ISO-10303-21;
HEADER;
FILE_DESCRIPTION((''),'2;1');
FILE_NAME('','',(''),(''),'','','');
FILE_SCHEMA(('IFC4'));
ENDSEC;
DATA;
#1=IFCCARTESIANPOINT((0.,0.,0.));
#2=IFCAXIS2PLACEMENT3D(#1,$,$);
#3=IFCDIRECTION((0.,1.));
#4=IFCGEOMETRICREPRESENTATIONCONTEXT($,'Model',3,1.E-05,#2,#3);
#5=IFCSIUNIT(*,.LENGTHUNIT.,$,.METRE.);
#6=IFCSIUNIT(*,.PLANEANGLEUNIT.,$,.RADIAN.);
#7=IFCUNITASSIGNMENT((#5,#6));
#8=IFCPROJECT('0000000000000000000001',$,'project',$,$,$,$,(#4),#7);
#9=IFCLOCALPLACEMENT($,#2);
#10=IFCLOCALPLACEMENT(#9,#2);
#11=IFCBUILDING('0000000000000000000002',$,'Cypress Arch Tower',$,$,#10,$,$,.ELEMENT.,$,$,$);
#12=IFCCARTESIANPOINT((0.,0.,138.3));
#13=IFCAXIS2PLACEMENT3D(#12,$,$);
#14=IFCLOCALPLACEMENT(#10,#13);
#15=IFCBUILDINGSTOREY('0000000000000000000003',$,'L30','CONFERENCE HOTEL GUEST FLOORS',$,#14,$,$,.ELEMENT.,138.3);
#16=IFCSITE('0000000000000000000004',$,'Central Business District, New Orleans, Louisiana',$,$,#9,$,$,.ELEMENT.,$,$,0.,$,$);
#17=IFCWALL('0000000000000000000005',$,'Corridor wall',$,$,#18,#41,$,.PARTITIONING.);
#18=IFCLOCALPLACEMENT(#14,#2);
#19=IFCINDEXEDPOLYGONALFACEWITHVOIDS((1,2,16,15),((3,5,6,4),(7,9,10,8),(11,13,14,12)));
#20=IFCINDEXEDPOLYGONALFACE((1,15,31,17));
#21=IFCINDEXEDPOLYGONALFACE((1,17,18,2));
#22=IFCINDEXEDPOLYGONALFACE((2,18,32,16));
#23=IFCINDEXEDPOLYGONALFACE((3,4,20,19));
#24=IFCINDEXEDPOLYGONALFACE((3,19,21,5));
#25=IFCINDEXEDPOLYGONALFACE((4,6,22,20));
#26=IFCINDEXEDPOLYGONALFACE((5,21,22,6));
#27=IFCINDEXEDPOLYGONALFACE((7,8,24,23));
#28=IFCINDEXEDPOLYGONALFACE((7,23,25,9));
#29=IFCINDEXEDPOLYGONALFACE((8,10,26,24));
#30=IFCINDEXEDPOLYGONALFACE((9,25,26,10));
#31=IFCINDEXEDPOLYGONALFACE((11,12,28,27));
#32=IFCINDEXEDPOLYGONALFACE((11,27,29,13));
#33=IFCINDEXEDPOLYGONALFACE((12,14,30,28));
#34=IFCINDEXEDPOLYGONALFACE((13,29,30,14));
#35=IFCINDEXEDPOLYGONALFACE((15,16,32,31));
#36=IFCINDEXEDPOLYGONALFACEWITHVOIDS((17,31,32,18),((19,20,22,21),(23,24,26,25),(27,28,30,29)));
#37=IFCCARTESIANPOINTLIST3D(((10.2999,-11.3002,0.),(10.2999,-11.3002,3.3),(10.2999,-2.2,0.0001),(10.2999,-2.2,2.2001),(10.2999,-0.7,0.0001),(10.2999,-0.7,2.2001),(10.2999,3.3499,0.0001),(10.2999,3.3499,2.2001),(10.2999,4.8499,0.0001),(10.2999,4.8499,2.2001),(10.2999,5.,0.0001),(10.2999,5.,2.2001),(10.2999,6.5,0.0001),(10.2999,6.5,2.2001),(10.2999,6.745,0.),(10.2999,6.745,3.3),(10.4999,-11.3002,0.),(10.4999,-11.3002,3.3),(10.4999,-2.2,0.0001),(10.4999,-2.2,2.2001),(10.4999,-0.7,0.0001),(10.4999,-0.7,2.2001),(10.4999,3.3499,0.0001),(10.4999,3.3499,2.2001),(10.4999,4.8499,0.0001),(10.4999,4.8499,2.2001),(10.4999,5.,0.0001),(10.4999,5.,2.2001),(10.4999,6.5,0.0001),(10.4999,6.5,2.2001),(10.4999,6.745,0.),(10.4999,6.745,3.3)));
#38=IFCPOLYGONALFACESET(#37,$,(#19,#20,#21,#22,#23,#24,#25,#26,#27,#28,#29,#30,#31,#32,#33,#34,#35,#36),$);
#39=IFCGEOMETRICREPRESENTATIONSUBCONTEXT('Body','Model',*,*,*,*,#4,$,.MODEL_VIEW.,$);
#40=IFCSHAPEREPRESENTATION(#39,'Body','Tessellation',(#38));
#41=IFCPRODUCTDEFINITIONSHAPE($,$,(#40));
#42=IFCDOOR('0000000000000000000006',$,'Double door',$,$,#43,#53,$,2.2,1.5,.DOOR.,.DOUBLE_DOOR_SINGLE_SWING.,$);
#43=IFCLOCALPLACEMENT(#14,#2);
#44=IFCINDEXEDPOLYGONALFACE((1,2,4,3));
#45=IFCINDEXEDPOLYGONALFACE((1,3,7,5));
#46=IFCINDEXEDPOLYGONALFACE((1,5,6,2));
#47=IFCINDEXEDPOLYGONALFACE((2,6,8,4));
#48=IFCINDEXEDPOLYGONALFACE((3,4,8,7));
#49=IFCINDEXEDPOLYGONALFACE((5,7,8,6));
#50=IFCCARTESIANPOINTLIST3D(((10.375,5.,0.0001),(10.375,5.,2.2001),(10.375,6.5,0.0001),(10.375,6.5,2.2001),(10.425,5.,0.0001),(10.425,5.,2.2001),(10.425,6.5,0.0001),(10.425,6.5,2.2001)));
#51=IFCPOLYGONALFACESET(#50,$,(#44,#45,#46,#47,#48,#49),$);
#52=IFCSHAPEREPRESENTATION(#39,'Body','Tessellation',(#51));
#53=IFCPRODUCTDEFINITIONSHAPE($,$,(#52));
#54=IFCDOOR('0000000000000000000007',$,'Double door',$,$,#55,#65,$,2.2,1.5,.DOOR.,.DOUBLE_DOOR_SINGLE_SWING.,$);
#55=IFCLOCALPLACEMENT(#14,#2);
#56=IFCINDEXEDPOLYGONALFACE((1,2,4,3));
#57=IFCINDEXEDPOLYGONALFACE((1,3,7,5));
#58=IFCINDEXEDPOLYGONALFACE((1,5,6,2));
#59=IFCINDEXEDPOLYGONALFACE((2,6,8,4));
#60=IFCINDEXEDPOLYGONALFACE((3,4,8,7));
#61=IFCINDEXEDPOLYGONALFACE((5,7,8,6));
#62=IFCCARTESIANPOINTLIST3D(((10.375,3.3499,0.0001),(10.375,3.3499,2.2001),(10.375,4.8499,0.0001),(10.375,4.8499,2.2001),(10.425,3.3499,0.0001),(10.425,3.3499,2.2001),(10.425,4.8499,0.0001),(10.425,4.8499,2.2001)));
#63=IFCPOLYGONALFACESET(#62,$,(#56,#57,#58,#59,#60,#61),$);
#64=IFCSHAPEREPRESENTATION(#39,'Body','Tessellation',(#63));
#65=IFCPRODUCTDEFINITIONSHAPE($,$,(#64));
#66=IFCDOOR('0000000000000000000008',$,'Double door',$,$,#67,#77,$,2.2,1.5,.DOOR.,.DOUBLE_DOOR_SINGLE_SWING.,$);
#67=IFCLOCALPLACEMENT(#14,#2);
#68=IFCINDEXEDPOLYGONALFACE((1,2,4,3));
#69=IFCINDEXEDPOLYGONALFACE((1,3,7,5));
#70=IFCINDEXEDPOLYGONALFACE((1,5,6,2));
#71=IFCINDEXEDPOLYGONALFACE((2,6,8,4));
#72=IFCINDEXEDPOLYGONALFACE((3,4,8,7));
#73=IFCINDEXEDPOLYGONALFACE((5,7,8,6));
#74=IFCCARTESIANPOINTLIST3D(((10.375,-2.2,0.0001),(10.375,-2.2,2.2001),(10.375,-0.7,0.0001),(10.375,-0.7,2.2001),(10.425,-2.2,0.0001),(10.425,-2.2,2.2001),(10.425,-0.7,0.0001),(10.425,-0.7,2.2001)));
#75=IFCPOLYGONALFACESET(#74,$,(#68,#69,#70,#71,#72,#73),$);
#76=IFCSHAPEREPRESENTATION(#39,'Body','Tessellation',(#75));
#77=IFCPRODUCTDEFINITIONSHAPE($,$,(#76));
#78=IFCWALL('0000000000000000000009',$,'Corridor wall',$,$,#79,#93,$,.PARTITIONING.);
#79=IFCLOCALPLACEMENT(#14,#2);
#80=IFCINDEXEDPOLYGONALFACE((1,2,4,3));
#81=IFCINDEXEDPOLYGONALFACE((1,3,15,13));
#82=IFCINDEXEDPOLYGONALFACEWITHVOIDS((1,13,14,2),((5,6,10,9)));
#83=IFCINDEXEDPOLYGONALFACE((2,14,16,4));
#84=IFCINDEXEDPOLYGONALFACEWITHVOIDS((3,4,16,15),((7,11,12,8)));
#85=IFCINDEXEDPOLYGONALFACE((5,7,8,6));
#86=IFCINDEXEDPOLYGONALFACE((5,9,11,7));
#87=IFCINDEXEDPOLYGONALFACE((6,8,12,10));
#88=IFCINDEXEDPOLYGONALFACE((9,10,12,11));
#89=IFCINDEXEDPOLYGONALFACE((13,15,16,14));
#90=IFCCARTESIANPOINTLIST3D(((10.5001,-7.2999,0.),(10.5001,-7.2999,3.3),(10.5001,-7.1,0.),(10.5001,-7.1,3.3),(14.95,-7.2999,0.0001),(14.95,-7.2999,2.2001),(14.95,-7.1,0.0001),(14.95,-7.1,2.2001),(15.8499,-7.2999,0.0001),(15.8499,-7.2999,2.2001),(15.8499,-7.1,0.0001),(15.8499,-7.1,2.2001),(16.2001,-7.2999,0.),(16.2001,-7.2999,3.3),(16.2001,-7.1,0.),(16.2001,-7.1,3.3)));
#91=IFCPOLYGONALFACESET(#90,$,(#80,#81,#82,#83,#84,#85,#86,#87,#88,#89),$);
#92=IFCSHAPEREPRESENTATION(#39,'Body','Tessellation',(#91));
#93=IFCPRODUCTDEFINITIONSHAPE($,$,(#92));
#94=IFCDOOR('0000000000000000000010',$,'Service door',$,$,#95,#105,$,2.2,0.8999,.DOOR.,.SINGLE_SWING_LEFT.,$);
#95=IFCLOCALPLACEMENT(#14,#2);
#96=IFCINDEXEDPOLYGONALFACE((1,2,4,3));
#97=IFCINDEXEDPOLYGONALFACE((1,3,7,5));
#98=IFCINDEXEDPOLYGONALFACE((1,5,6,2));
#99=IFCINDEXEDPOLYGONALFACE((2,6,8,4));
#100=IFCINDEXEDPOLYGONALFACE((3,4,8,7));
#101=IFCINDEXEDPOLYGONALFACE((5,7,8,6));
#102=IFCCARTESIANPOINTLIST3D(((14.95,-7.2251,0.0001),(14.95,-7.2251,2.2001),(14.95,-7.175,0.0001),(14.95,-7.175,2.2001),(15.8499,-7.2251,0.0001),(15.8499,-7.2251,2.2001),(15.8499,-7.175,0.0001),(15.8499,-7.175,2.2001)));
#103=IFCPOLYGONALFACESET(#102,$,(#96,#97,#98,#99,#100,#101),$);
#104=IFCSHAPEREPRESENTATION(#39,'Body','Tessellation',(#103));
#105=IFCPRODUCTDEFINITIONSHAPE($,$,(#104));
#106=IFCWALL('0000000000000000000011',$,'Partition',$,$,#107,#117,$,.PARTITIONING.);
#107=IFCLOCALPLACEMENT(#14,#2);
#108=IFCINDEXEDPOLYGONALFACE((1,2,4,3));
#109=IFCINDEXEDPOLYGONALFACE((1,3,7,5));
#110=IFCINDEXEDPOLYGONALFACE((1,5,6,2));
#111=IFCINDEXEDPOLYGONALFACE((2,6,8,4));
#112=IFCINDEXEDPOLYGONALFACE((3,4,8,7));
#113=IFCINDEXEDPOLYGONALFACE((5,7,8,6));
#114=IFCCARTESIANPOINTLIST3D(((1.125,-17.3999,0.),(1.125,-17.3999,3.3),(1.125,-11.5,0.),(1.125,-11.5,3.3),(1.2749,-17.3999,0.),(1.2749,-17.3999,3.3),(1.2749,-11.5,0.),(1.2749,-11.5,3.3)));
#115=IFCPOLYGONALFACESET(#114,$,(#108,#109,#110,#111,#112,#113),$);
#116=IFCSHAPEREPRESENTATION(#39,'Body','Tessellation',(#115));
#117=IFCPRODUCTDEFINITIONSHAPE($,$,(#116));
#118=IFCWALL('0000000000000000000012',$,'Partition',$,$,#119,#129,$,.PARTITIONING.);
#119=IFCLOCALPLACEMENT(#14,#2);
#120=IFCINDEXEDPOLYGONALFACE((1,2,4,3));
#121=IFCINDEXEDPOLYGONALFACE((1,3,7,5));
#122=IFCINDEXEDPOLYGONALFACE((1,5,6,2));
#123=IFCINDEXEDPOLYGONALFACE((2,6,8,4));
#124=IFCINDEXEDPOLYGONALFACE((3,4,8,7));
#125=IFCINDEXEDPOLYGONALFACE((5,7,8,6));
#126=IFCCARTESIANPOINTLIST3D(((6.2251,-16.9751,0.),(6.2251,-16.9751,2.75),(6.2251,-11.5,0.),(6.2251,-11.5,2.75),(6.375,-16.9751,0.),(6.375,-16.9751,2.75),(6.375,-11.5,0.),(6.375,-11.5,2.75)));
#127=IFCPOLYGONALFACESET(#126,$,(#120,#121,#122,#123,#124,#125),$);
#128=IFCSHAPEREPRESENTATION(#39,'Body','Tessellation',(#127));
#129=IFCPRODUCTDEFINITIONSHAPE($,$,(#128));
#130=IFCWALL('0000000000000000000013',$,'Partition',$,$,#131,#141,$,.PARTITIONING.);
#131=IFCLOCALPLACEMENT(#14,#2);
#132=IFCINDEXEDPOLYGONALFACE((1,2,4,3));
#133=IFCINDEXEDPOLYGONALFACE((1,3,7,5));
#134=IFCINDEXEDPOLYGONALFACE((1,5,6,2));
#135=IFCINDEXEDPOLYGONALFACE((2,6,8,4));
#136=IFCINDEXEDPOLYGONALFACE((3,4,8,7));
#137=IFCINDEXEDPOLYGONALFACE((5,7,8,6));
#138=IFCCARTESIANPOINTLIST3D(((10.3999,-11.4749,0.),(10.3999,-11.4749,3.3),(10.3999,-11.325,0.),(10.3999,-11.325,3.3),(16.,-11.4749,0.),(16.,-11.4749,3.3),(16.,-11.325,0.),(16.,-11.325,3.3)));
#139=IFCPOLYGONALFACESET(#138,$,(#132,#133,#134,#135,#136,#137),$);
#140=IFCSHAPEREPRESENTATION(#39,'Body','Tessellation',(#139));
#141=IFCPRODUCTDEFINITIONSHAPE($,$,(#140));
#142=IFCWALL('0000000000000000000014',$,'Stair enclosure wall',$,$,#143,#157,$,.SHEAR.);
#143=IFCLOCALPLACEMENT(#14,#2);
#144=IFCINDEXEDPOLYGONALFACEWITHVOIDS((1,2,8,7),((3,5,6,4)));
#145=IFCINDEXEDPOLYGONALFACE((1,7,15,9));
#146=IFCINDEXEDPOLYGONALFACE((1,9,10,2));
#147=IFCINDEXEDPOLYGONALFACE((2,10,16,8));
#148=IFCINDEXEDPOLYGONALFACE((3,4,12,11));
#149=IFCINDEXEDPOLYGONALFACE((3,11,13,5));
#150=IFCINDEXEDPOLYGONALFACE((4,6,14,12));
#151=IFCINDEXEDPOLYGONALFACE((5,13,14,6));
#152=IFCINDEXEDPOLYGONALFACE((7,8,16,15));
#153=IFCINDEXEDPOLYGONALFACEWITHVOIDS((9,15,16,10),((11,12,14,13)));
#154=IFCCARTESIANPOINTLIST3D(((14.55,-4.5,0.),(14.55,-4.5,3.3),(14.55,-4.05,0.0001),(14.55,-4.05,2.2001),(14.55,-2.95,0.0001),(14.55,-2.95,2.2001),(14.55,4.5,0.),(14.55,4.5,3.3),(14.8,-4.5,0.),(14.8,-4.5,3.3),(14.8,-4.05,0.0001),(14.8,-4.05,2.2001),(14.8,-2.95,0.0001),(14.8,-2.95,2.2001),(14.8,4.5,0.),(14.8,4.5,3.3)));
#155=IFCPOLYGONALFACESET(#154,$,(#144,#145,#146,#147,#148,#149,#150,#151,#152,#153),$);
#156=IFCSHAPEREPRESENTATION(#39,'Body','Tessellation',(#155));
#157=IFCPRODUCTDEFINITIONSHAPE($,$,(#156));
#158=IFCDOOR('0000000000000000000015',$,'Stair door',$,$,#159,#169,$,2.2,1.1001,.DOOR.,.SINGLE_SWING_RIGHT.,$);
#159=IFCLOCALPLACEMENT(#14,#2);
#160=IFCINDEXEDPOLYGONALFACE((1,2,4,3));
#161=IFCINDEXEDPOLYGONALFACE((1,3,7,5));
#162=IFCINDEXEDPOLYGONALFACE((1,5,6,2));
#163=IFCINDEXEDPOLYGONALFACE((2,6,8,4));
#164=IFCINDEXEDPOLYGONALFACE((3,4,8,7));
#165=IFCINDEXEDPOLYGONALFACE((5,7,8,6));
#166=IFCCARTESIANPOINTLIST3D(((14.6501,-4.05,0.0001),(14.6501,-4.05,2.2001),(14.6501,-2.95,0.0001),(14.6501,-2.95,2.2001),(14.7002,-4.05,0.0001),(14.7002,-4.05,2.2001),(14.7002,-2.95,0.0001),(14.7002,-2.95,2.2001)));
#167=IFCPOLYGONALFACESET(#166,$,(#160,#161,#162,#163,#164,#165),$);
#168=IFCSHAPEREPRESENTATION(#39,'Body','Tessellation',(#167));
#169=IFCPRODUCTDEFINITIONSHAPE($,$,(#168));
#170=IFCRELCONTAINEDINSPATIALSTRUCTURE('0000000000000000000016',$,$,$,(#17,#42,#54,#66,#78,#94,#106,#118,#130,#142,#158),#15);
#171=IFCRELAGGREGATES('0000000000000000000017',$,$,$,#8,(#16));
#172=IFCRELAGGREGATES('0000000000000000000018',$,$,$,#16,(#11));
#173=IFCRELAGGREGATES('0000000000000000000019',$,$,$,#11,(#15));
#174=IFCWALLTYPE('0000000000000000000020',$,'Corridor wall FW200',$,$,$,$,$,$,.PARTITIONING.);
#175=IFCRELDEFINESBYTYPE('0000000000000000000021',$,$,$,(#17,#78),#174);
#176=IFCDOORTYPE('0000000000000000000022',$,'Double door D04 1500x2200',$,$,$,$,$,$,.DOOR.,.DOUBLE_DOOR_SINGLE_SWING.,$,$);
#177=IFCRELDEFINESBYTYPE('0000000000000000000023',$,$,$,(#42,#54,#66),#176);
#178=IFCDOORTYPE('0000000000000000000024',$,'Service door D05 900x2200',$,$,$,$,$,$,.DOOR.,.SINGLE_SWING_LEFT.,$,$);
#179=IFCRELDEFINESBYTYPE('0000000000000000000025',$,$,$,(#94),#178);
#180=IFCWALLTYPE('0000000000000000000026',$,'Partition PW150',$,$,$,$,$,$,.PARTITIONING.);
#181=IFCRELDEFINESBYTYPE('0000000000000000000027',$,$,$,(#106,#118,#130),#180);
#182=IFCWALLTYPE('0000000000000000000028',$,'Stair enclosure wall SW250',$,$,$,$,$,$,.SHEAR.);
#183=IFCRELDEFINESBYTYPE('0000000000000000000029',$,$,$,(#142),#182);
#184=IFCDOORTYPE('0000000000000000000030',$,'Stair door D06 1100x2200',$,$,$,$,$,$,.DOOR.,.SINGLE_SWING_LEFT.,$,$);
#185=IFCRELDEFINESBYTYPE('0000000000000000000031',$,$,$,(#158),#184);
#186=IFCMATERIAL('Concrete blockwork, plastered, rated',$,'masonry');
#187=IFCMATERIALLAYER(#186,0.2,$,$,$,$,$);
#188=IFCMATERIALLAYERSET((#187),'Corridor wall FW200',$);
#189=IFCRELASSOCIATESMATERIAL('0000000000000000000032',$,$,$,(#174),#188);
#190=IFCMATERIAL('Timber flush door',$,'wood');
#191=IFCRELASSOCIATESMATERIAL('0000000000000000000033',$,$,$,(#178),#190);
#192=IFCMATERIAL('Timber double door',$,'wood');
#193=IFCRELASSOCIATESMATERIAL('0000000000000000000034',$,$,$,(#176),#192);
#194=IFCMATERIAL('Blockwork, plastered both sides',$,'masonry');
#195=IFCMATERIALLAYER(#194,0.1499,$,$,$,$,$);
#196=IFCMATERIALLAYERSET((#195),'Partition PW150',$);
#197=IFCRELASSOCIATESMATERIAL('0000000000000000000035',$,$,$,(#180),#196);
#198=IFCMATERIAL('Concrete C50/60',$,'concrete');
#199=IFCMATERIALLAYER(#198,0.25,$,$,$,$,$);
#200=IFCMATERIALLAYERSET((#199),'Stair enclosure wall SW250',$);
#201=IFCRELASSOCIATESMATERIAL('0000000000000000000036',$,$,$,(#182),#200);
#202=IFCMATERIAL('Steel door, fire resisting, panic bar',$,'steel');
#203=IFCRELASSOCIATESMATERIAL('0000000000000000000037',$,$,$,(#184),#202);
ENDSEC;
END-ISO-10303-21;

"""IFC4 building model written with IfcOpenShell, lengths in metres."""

from ifc_helpers import new_model, si_unit, direction, frame, frame_2d, origin, place, context, subcontext, project, spatial, rectangle, extrude, material, layer, layer_set, type_object, element, fill, save


model = new_model("IFC4")

# Units and contexts
model_context = context("Model", 3, precision=1e-05, world=origin(), true_north=direction((0.0, 1.0)))
body_context = subcontext(model_context, "Body", "Model", "MODEL_VIEW")
ifc_project = project(units=[si_unit("LENGTHUNIT", "METRE"), si_unit("PLANEANGLEUNIT", "RADIAN")], contexts=[model_context])

# Site, building, storey
site_placement = place(None, origin())
site = spatial("IfcSite", under=ifc_project, at=site_placement, Name="Central Business District, New Orleans, Louisiana", CompositionType="ELEMENT", RefElevation=0.0)
building_placement = place(site_placement, origin())
building = spatial("IfcBuilding", under=site, at=building_placement, Name="Cypress Arch Tower", CompositionType="ELEMENT")
storey_placement = place(building_placement, frame((0.0, 0.0, 138.3)))
storey = spatial("IfcBuildingStorey", under=building, at=storey_placement, Name="L30", Description="CONFERENCE HOTEL GUEST FLOORS", CompositionType="ELEMENT", Elevation=138.3)

# Shared definitions
ifc_material_1 = material(Name="Concrete blockwork, plastered, rated", Category="masonry")
ifc_layer_1 = layer(ifc_material_1, 0.2)
ifc_layer_set_1 = layer_set([ifc_layer_1], Name="Corridor wall FW200")
wall_type_1 = type_object("IfcWallType", Name="Corridor wall FW200", PredefinedType="PARTITIONING", material=ifc_layer_set_1)
ifc_material_2 = material(Name="Timber flush door", Category="wood")
door_type_1 = type_object("IfcDoorType", Name="Service door D05 900x2200", OperationType="SINGLE_SWING_LEFT", PredefinedType="DOOR", material=ifc_material_2)

# Wall, openings, doors
wall_1_placement = place(storey_placement, frame((10.3999, -11.3, 0.0), z_axis=(0.0, 0.0, 1.0), x_axis=(0.0, 1.0, 0.0)))
wall_1 = element("IfcWall", 1, at=wall_1_placement, inside=storey, type_object=wall_type_1, Name="Corridor wall", PredefinedType="PARTITIONING", context=body_context, shape_type="SweptSolid", body=[
    extrude(rectangle(XDim=18.0452, YDim=0.2, at=frame_2d((9.0225, 0.0))), origin(), (0.0, 0.0, 1.0), 3.3),
])
opening_1_placement = place(wall_1_placement, frame((16.3, 0.0, 0.0)))
opening_1 = element("IfcOpeningElement", 2, at=opening_1_placement, cuts=wall_1, PredefinedType="OPENING", context=body_context, shape_type="SweptSolid", body=[
    extrude(rectangle(XDim=1.5, YDim=2.2, at=frame_2d((0.75, 1.1001))), frame((0.0, 0.1099, 0.0), z_axis=(0.0, -1.0, 0.0), x_axis=(1.0, 0.0, 0.0)), (0.0, 0.0, 1.0), 0.22),
])
opening_2_placement = place(wall_1_placement, frame((14.6499, 0.0, 0.0)))
opening_2 = element("IfcOpeningElement", 3, at=opening_2_placement, cuts=wall_1, PredefinedType="OPENING", context=body_context, shape_type="SweptSolid", body=[
    extrude(rectangle(XDim=1.5, YDim=2.2, at=frame_2d((0.75, 1.1001))), frame((0.0, 0.1099, 0.0), z_axis=(0.0, -1.0, 0.0), x_axis=(1.0, 0.0, 0.0)), (0.0, 0.0, 1.0), 0.22),
])
opening_3_placement = place(wall_1_placement, frame((9.1001, 0.0, 0.0)))
opening_3 = element("IfcOpeningElement", 4, at=opening_3_placement, cuts=wall_1, PredefinedType="OPENING", context=body_context, shape_type="SweptSolid", body=[
    extrude(rectangle(XDim=1.5, YDim=2.2, at=frame_2d((0.75, 1.1001))), frame((0.0, 0.1099, 0.0), z_axis=(0.0, -1.0, 0.0), x_axis=(1.0, 0.0, 0.0)), (0.0, 0.0, 1.0), 0.22),
])
ifc_material_3 = material(Name="Timber double door", Category="wood")
door_type_2 = type_object("IfcDoorType", Name="Double door D04 1500x2200", OperationType="DOUBLE_DOOR_SINGLE_SWING", PredefinedType="DOOR", material=ifc_material_3)
door_1_placement = place(opening_1_placement, origin())
door_1 = element("IfcDoor", 5, at=door_1_placement, inside=storey, type_object=door_type_2, Name="Double door", OperationType="DOUBLE_DOOR_SINGLE_SWING", OverallHeight=2.2, OverallWidth=1.5, PredefinedType="DOOR", context=body_context, shape_type="SweptSolid", body=[
    extrude(rectangle(XDim=1.5, YDim=2.2, at=frame_2d((0.75, 1.1001))), frame((0.0, 0.0249, 0.0), z_axis=(0.0, -1.0, 0.0), x_axis=(1.0, 0.0, 0.0)), (0.0, 0.0, 1.0), 0.05),
])
fill(opening_1, door_1)
door_2_placement = place(opening_2_placement, origin())
door_2 = element("IfcDoor", 6, at=door_2_placement, inside=storey, type_object=door_type_2, Name="Double door", OperationType="DOUBLE_DOOR_SINGLE_SWING", OverallHeight=2.2, OverallWidth=1.5, PredefinedType="DOOR", context=body_context, shape_type="SweptSolid", body=[
    extrude(rectangle(XDim=1.5, YDim=2.2, at=frame_2d((0.75, 1.1001))), frame((0.0, 0.0249, 0.0), z_axis=(0.0, -1.0, 0.0), x_axis=(1.0, 0.0, 0.0)), (0.0, 0.0, 1.0), 0.05),
])
fill(opening_2, door_2)
door_3_placement = place(opening_3_placement, origin())
door_3 = element("IfcDoor", 7, at=door_3_placement, inside=storey, type_object=door_type_2, Name="Double door", OperationType="DOUBLE_DOOR_SINGLE_SWING", OverallHeight=2.2, OverallWidth=1.5, PredefinedType="DOOR", context=body_context, shape_type="SweptSolid", body=[
    extrude(rectangle(XDim=1.5, YDim=2.2, at=frame_2d((0.75, 1.1001))), frame((0.0, 0.0249, 0.0), z_axis=(0.0, -1.0, 0.0), x_axis=(1.0, 0.0, 0.0)), (0.0, 0.0, 1.0), 0.05),
])
fill(opening_3, door_3)

# Wall, opening, door
wall_2_placement = place(storey_placement, frame((10.5, -7.2, 0.0), z_axis=(0.0, 0.0, 1.0), x_axis=(1.0, 0.0, 0.0)))
wall_2 = element("IfcWall", 8, at=wall_2_placement, inside=storey, type_object=wall_type_1, Name="Corridor wall", PredefinedType="PARTITIONING", context=body_context, shape_type="SweptSolid", body=[
    extrude(rectangle(XDim=5.7, YDim=0.2, at=frame_2d((2.8501, 0.0))), origin(), (0.0, 0.0, 1.0), 3.3),
])
opening_4_placement = place(wall_2_placement, frame((4.45, 0.0, 0.0)))
opening_4 = element("IfcOpeningElement", 9, at=opening_4_placement, cuts=wall_2, PredefinedType="OPENING", context=body_context, shape_type="SweptSolid", body=[
    extrude(rectangle(XDim=0.8999, YDim=2.2, at=frame_2d((0.45, 1.1001))), frame((0.0, 0.1099, 0.0), z_axis=(0.0, -1.0, 0.0), x_axis=(1.0, 0.0, 0.0)), (0.0, 0.0, 1.0), 0.22),
])
door_4_placement = place(opening_4_placement, origin())
door_4 = element("IfcDoor", 10, at=door_4_placement, inside=storey, type_object=door_type_1, Name="Service door", OperationType="SINGLE_SWING_LEFT", OverallHeight=2.2, OverallWidth=0.8999, PredefinedType="DOOR", context=body_context, shape_type="SweptSolid", body=[
    extrude(rectangle(XDim=0.8999, YDim=2.2, at=frame_2d((0.45, 1.1001))), frame((0.0, 0.0249, 0.0), z_axis=(0.0, -1.0, 0.0), x_axis=(1.0, 0.0, 0.0)), (0.0, 0.0, 1.0), 0.05),
])
fill(opening_4, door_4)

# Walls
ifc_material_4 = material(Name="Blockwork, plastered both sides", Category="masonry")
ifc_layer_2 = layer(ifc_material_4, 0.1499)
ifc_layer_set_2 = layer_set([ifc_layer_2], Name="Partition PW150")
wall_type_2 = type_object("IfcWallType", Name="Partition PW150", PredefinedType="PARTITIONING", material=ifc_layer_set_2)
wall_3_placement = place(storey_placement, frame((1.2, -17.3999, 0.0), z_axis=(0.0, 0.0, 1.0), x_axis=(0.0, 1.0, 0.0)))
element("IfcWall", 11, at=wall_3_placement, inside=storey, type_object=wall_type_2, Name="Partition", PredefinedType="PARTITIONING", context=body_context, shape_type="SweptSolid", body=[
    extrude(rectangle(XDim=5.8999, YDim=0.1499, at=frame_2d((2.95, 0.0))), origin(), (0.0, 0.0, 1.0), 3.3),
])
wall_4_placement = place(storey_placement, frame((6.3, -16.9751, 0.0), z_axis=(0.0, 0.0, 1.0), x_axis=(0.0, 1.0, 0.0)))
element("IfcWall", 12, at=wall_4_placement, inside=storey, type_object=wall_type_2, Name="Partition", PredefinedType="PARTITIONING", context=body_context, shape_type="SweptSolid", body=[
    extrude(rectangle(XDim=5.4751, YDim=0.1499, at=frame_2d((2.7375, 0.0))), origin(), (0.0, 0.0, 1.0), 2.75),
])
wall_5_placement = place(storey_placement, frame((10.3999, -11.3999, 0.0), z_axis=(0.0, 0.0, 1.0), x_axis=(1.0, 0.0, 0.0)))
element("IfcWall", 13, at=wall_5_placement, inside=storey, type_object=wall_type_2, Name="Partition", PredefinedType="PARTITIONING", context=body_context, shape_type="SweptSolid", body=[
    extrude(rectangle(XDim=5.6001, YDim=0.1499, at=frame_2d((2.8, 0.0))), origin(), (0.0, 0.0, 1.0), 3.3),
])

# Wall, opening, door
ifc_material_5 = material(Name="Concrete C50/60", Category="concrete")
ifc_layer_3 = layer(ifc_material_5, 0.25)
ifc_layer_set_3 = layer_set([ifc_layer_3], Name="Stair enclosure wall SW250")
wall_type_3 = type_object("IfcWallType", Name="Stair enclosure wall SW250", PredefinedType="SHEAR", material=ifc_layer_set_3)
wall_6_placement = place(storey_placement, frame((14.675, -4.5, 0.0), z_axis=(0.0, 0.0, 1.0), x_axis=(0.0, 1.0, 0.0)))
wall_6 = element("IfcWall", 14, at=wall_6_placement, inside=storey, type_object=wall_type_3, Name="Stair enclosure wall", PredefinedType="SHEAR", context=body_context, shape_type="SweptSolid", body=[
    extrude(rectangle(XDim=9.0, YDim=0.25, at=frame_2d((4.5, 0.0))), origin(), (0.0, 0.0, 1.0), 3.3),
])
opening_5_placement = place(wall_6_placement, frame((0.45, 0.0, 0.0)))
opening_5 = element("IfcOpeningElement", 15, at=opening_5_placement, cuts=wall_6, PredefinedType="OPENING", context=body_context, shape_type="SweptSolid", body=[
    extrude(rectangle(XDim=1.1001, YDim=2.2, at=frame_2d((0.55, 1.1001))), frame((0.0, 0.135, 0.0), z_axis=(0.0, -1.0, 0.0), x_axis=(1.0, 0.0, 0.0)), (0.0, 0.0, 1.0), 0.27),
])
ifc_material_6 = material(Name="Steel door, fire resisting, panic bar", Category="steel")
door_type_3 = type_object("IfcDoorType", Name="Stair door D06 1100x2200", OperationType="SINGLE_SWING_LEFT", PredefinedType="DOOR", material=ifc_material_6)
door_5_placement = place(opening_5_placement, origin())
door_5 = element("IfcDoor", 16, at=door_5_placement, inside=storey, type_object=door_type_3, Name="Stair door", OperationType="SINGLE_SWING_RIGHT", OverallHeight=2.2, OverallWidth=1.1001, PredefinedType="DOOR", context=body_context, shape_type="SweptSolid", body=[
    extrude(rectangle(XDim=1.1001, YDim=2.2, at=frame_2d((0.55, 1.1001))), frame((0.0, 0.0249, 0.0), z_axis=(0.0, -1.0, 0.0), x_axis=(1.0, 0.0, 0.0)), (0.0, 0.0, 1.0), 0.05),
])
fill(opening_5, door_5)

save(model, "model.ifc")
